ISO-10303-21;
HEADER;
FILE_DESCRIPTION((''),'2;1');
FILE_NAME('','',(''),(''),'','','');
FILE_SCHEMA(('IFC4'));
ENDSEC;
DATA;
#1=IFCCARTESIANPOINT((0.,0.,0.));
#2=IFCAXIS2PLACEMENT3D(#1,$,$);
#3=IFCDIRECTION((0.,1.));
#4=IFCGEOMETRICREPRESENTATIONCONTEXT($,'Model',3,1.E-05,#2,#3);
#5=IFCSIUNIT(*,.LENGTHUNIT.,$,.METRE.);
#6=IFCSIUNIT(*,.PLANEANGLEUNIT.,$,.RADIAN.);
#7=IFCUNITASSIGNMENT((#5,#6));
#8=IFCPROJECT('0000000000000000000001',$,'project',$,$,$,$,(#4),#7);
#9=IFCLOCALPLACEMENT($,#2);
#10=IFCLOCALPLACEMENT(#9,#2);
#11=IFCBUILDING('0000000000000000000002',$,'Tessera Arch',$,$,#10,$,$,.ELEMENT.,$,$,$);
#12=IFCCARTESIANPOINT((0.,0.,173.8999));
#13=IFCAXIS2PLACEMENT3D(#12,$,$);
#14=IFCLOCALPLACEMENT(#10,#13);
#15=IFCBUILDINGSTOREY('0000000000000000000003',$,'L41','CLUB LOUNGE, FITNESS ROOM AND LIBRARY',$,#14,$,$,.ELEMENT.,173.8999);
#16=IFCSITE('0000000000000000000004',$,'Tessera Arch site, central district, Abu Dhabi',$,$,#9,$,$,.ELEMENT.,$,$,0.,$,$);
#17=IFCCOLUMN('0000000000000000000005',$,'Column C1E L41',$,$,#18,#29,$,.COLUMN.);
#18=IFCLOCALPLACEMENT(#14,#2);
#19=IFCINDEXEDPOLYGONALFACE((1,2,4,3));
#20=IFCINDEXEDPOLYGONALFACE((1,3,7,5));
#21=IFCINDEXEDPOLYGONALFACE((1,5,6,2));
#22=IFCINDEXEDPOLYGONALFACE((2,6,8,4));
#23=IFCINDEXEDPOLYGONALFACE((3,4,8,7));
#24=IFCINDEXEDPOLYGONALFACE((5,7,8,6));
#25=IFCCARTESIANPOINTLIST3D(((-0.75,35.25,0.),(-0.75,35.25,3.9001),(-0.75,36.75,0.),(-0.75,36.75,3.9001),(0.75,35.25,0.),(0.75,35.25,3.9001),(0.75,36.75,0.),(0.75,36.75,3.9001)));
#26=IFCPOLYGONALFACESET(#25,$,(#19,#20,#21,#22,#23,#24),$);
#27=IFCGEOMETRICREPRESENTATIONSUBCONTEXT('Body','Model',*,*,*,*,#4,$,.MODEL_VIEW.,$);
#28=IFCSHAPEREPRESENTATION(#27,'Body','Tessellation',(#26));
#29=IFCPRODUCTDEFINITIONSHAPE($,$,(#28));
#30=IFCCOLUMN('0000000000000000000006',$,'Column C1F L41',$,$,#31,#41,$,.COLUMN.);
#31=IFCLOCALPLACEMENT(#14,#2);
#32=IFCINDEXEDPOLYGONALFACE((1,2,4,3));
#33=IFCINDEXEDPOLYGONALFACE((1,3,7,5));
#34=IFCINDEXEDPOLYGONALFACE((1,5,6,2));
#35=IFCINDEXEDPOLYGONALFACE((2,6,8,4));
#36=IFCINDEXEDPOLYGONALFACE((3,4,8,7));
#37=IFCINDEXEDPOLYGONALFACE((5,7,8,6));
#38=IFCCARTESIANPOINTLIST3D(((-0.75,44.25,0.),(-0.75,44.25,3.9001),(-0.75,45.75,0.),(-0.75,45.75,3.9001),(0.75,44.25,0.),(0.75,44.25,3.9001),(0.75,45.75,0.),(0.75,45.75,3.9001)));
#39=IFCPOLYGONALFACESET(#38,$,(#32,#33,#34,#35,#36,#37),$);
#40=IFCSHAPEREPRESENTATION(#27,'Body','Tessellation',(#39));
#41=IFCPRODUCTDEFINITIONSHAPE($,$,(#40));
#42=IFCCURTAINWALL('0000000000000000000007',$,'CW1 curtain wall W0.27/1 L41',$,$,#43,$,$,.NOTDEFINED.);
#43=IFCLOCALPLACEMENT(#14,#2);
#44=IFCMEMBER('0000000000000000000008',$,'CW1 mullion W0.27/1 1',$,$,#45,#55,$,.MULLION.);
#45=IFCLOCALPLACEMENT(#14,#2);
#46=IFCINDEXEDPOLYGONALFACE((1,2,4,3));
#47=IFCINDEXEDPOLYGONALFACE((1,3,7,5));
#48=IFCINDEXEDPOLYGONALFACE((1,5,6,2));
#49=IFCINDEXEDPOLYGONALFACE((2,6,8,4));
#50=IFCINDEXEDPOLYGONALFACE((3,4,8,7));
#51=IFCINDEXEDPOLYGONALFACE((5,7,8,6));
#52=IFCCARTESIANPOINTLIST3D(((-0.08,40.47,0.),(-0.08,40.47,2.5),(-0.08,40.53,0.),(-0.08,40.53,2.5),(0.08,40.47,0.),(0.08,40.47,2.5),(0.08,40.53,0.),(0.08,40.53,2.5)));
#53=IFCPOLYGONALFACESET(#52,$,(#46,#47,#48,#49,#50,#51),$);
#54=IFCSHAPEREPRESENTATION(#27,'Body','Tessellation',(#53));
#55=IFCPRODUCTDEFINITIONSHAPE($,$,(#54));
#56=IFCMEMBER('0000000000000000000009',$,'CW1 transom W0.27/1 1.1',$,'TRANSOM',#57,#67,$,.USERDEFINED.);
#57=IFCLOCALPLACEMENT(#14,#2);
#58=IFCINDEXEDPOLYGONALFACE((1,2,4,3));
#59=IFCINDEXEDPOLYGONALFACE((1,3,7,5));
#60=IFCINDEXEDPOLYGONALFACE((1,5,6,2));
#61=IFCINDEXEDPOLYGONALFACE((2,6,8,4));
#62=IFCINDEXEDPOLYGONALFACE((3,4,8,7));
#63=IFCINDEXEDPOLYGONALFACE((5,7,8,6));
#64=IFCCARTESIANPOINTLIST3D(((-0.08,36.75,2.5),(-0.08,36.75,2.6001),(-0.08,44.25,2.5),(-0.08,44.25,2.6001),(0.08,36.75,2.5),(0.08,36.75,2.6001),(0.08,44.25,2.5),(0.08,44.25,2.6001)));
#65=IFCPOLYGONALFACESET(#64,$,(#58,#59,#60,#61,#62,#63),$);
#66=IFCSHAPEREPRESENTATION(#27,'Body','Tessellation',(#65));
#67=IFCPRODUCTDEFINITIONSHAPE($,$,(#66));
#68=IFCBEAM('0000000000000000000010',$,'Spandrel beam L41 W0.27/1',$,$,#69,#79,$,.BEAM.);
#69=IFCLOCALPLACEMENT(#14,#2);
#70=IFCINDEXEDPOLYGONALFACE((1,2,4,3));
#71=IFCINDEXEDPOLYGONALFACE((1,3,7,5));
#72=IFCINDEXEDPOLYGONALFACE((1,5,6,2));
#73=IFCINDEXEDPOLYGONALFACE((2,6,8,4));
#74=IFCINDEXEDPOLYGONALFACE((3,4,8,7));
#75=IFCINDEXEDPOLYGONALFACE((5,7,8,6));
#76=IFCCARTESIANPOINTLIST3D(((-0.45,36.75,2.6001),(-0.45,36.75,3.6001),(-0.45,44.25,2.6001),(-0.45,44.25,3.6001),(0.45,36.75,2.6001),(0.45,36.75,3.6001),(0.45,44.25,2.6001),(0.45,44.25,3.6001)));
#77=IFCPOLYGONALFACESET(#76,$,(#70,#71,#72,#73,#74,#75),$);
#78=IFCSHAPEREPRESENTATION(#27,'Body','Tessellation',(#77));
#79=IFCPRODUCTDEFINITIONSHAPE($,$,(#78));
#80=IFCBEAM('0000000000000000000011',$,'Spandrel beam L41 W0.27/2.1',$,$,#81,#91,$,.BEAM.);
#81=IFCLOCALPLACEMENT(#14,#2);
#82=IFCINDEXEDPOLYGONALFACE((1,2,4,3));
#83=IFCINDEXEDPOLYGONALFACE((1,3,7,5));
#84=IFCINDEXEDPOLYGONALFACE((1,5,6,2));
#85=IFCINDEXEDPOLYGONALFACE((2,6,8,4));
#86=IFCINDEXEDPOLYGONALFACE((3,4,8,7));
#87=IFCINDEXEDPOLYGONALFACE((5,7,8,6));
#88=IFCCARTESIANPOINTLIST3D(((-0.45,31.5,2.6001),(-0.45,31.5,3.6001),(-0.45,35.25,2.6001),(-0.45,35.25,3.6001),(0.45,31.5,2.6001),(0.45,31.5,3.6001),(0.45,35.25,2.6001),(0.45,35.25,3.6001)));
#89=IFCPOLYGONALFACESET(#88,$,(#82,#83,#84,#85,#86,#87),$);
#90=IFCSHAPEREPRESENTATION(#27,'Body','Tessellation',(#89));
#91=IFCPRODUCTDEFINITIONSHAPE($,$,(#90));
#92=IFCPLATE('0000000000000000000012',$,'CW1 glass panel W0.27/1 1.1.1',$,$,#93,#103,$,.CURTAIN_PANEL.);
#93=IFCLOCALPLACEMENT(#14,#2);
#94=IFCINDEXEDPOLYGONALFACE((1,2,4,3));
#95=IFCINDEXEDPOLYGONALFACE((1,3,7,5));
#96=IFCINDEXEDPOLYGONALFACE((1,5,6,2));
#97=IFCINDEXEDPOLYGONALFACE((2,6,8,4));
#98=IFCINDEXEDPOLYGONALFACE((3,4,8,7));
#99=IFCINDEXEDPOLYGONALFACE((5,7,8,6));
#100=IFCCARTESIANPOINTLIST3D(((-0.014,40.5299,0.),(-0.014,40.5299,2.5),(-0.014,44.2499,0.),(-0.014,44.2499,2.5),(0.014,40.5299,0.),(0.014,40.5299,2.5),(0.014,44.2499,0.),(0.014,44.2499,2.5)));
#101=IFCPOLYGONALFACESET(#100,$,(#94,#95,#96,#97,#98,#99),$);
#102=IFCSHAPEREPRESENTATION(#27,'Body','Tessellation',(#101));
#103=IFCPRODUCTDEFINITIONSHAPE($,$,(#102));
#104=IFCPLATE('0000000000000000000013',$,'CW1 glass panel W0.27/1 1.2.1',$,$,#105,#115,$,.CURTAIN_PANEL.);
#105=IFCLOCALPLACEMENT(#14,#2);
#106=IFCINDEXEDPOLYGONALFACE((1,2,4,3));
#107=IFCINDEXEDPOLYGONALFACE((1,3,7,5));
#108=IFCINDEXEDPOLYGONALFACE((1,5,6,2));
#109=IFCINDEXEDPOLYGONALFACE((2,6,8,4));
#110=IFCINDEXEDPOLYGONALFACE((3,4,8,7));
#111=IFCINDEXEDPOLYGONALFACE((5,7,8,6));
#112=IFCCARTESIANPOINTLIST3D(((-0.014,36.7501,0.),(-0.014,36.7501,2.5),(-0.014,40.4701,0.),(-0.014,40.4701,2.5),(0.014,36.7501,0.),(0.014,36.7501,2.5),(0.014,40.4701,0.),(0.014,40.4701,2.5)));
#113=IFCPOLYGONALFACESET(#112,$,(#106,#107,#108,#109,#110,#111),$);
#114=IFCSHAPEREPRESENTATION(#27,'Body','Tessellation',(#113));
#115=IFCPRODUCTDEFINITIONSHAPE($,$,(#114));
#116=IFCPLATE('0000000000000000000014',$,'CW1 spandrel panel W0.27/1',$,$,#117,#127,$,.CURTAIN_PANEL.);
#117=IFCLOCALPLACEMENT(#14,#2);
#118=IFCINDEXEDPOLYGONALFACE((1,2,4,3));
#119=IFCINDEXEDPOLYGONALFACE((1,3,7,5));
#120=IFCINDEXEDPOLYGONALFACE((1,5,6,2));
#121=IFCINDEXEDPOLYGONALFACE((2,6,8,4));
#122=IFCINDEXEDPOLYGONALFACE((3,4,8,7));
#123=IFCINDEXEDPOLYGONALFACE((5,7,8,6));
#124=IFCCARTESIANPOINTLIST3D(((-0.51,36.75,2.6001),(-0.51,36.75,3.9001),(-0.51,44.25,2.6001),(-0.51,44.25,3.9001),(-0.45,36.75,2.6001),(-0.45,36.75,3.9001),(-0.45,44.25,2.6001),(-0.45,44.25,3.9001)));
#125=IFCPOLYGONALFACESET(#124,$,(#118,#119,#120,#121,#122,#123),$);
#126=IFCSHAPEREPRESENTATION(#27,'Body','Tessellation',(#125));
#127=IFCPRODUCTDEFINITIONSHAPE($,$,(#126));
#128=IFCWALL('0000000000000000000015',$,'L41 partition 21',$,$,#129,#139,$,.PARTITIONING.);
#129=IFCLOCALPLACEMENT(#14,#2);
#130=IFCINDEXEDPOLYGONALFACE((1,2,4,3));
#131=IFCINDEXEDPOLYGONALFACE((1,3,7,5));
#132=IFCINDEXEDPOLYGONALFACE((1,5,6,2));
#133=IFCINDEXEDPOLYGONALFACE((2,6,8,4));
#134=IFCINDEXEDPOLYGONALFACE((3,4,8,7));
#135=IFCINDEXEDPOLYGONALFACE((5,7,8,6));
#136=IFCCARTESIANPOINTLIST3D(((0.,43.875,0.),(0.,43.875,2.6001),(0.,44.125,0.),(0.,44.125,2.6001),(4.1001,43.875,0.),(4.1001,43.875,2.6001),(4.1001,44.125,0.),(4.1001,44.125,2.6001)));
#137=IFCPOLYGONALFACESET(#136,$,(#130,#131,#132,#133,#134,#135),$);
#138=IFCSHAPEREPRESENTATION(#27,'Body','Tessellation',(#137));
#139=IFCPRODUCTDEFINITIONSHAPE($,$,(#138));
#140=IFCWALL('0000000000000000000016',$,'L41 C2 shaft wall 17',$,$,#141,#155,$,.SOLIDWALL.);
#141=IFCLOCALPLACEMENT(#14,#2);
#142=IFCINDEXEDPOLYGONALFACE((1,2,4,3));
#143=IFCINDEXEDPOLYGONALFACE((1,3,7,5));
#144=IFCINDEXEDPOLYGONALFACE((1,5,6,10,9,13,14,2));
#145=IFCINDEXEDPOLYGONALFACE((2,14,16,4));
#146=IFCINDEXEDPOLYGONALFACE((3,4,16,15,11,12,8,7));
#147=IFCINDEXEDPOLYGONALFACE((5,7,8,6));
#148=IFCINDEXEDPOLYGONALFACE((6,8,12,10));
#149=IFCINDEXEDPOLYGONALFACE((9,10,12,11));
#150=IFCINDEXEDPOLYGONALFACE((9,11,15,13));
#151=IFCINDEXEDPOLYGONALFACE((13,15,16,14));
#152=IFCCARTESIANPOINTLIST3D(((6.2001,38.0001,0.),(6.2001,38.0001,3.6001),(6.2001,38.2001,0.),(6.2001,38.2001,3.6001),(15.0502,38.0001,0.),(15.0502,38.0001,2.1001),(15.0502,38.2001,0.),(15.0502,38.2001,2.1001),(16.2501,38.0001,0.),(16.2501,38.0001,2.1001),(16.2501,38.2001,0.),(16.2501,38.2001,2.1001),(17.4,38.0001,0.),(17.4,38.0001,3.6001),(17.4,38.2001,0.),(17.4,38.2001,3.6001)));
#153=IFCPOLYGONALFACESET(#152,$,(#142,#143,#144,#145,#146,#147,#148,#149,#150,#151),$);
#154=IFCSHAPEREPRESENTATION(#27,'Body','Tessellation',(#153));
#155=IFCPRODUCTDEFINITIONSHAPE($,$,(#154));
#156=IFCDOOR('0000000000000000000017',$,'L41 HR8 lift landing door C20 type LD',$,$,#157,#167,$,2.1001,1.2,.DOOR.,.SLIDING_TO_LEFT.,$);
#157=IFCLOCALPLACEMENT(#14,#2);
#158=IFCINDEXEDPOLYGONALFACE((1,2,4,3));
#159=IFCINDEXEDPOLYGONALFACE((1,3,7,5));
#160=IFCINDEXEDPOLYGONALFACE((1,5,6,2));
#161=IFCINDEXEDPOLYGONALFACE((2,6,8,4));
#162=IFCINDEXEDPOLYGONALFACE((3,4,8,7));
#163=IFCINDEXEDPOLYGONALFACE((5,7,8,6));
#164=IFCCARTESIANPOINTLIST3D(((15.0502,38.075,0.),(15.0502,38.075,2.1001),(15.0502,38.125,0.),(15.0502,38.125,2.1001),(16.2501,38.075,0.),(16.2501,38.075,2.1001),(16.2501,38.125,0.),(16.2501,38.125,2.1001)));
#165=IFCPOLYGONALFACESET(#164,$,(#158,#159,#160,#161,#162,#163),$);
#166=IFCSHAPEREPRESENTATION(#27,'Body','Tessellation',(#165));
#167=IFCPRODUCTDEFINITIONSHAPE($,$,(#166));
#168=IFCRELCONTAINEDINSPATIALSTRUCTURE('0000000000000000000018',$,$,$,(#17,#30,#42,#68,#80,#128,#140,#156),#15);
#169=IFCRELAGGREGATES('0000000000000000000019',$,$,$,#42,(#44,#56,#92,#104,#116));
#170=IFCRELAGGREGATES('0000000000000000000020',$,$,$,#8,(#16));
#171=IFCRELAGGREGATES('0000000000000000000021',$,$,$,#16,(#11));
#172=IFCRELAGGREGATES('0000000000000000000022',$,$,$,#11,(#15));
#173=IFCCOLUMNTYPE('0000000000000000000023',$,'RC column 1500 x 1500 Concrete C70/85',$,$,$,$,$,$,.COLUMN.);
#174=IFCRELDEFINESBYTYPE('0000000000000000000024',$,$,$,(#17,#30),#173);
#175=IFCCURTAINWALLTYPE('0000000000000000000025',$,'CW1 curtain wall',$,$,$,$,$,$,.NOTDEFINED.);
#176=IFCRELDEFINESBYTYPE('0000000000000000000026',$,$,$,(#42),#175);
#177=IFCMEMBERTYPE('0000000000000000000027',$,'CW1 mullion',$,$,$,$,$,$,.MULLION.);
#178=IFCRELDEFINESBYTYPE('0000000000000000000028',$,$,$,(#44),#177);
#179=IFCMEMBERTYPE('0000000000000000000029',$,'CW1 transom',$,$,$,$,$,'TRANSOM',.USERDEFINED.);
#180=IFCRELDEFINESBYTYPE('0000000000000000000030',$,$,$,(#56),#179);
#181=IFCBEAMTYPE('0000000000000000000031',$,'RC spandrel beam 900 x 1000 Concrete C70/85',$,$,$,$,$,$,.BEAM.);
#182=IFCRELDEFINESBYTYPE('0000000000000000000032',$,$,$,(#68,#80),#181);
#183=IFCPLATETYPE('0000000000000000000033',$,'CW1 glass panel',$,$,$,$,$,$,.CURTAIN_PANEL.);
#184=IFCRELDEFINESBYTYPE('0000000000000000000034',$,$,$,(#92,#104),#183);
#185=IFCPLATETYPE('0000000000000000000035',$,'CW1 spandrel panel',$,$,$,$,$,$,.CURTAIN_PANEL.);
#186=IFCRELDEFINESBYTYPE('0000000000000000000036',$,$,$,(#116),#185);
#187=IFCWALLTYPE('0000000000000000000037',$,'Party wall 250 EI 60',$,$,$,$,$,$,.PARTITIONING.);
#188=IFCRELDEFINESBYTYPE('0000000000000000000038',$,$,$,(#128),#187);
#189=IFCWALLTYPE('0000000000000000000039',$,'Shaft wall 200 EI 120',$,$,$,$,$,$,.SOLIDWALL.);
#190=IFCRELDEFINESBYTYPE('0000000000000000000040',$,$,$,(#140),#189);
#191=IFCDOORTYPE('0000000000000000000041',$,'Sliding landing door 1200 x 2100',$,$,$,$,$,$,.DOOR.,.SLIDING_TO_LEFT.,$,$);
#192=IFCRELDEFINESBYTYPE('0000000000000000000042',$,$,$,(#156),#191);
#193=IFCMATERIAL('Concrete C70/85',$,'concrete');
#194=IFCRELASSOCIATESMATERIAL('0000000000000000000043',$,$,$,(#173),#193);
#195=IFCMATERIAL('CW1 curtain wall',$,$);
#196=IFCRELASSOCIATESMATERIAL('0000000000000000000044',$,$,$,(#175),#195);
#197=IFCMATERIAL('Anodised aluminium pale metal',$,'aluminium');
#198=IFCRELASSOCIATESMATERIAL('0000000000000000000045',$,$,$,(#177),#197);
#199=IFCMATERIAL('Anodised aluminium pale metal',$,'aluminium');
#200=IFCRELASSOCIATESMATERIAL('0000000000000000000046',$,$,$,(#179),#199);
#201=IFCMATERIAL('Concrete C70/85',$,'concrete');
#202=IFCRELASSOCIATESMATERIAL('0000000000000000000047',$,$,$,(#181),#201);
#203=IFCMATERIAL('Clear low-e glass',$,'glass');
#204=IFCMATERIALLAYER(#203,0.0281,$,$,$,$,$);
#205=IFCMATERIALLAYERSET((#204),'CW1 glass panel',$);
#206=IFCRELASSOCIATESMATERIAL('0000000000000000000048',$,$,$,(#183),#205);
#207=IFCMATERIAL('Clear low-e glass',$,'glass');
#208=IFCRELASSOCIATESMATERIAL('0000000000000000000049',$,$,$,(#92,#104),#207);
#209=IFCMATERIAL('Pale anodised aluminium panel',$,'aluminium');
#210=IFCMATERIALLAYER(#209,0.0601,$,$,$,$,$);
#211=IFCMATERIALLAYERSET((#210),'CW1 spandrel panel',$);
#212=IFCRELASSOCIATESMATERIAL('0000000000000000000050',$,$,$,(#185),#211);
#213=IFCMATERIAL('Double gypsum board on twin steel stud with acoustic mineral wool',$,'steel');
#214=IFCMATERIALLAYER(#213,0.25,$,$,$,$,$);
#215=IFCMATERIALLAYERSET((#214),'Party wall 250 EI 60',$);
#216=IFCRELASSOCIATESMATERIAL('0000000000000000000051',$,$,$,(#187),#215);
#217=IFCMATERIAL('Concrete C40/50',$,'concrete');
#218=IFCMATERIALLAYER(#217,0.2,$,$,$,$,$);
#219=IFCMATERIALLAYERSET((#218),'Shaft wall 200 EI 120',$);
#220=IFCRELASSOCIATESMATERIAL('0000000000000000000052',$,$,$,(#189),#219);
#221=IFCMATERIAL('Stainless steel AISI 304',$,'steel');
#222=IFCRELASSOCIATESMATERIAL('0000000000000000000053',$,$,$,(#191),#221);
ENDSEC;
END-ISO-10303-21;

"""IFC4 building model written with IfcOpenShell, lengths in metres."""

from ifc_helpers import new_model, si_unit, direction, frame, frame_2d, origin, origin_2d, place, context, subcontext, project, spatial, rectangle, extrude, material, layer, layer_set, material_profile, profile_set, type_object, element, fill, aggregate, save


model = new_model("IFC4")

# Units and contexts
model_context = context("Model", 3, precision=1e-05, world=origin(), true_north=direction((0.0, 1.0)))
body_context = subcontext(model_context, "Body", "Model", "MODEL_VIEW")
ifc_project = project(units=[si_unit("LENGTHUNIT", "METRE"), si_unit("PLANEANGLEUNIT", "RADIAN")], contexts=[model_context])

# Site, building, storey
site_placement = place(None, origin())
site = spatial("IfcSite", under=ifc_project, at=site_placement, Name="Tessera Arch site, central district, Abu Dhabi", CompositionType="ELEMENT", RefElevation=0.0)
building_placement = place(site_placement, origin())
building = spatial("IfcBuilding", under=site, at=building_placement, Name="Tessera Arch", CompositionType="ELEMENT")
storey_placement = place(building_placement, frame((0.0, 0.0, 173.8999)))
storey = spatial("IfcBuildingStorey", under=building, at=storey_placement, Name="L41", Description="CLUB LOUNGE, FITNESS ROOM AND LIBRARY", CompositionType="ELEMENT", Elevation=173.8999)

# Columns
ifc_material_1 = material(Name="Concrete C70/85", Category="concrete")
ifc_material_profile_1 = material_profile(ifc_material_1, rectangle(XDim=1.5, YDim=1.5, at=origin_2d()), Name="RC column 1500 x 1500 Concrete C70/85")
ifc_profile_set_1 = profile_set([ifc_material_profile_1], Name="Concrete C70/85")
column_type = type_object("IfcColumnType", Name="RC column 1500 x 1500 Concrete C70/85", PredefinedType="COLUMN", material=ifc_profile_set_1)
for number, where, z_axis, x_axis, name in (
    (1, (0.0, 36.0, 0.0), (0.0, 0.0, 1.0), (1.0, 0.0, 0.0), "Column C1E L41"),
    (2, (0.0, 45.0, 0.0), (0.0, 0.0, 1.0), (1.0, 0.0, 0.0), "Column C1F L41"),
):
    element("IfcColumn", number, at=place(storey_placement, frame(where, z_axis=z_axis, x_axis=x_axis)), inside=storey, type_object=column_type, Name=name, PredefinedType="COLUMN", context=body_context, shape_type="SweptSolid", body=[
        extrude(rectangle(XDim=1.5, YDim=1.5, at=origin_2d()), origin(), (0.0, 0.0, 1.0), 3.9001),
    ])

# Curtain wall, members
ifc_material_2 = material(Name="CW1 curtain wall")
curtain_wall_type = type_object("IfcCurtainWallType", Name="CW1 curtain wall", PredefinedType="NOTDEFINED", material=ifc_material_2)
curtain_wall_placement = place(storey_placement, origin())
curtain_wall = element("IfcCurtainWall", 3, at=curtain_wall_placement, inside=storey, type_object=curtain_wall_type, Name="CW1 curtain wall W0.27/1 L41", PredefinedType="NOTDEFINED")
ifc_material_3 = material(Name="Anodised aluminium pale metal", Category="aluminium")
ifc_material_profile_2 = material_profile(ifc_material_3, rectangle(XDim=0.1599, YDim=0.0601, at=origin_2d()), Name="AL 60x160")
ifc_profile_set_2 = profile_set([ifc_material_profile_2], Name="Anodised aluminium pale metal")
member_type_1 = type_object("IfcMemberType", Name="CW1 mullion", PredefinedType="MULLION", material=ifc_profile_set_2)
member_1_placement = place(storey_placement, frame((0.0, 40.5, 0.0), z_axis=(0.0, 0.0, 1.0), x_axis=(1.0, 0.0, 0.0)))
member_1 = element("IfcMember", 4, at=member_1_placement, type_object=member_type_1, Name="CW1 mullion W0.27/1 1", PredefinedType="MULLION", context=body_context, shape_type="SweptSolid", body=[
    extrude(rectangle(XDim=0.1599, YDim=0.0601, at=origin_2d()), origin(), (0.0, 0.0, 1.0), 2.5),
])
ifc_material_4 = material(Name="Anodised aluminium pale metal", Category="aluminium")
ifc_material_profile_3 = material_profile(ifc_material_4, rectangle(XDim=0.1599, YDim=0.1001, at=origin_2d()), Name="AL 160x100")
ifc_profile_set_3 = profile_set([ifc_material_profile_3], Name="Anodised aluminium pale metal")
member_type_2 = type_object("IfcMemberType", Name="CW1 transom", ElementType="TRANSOM", PredefinedType="USERDEFINED", material=ifc_profile_set_3)
member_2_placement = place(storey_placement, frame((0.0, 44.25, 2.55), z_axis=(0.0, -1.0, 0.0), x_axis=(1.0, 0.0, 0.0)))
member_2 = element("IfcMember", 5, at=member_2_placement, type_object=member_type_2, Name="CW1 transom W0.27/1 1.1", ObjectType="TRANSOM", PredefinedType="USERDEFINED", context=body_context, shape_type="SweptSolid", body=[
    extrude(rectangle(XDim=0.1599, YDim=0.1001, at=origin_2d()), origin(), (0.0, 0.0, 1.0), 7.5),
])

# Beams
ifc_material_5 = material(Name="Concrete C70/85", Category="concrete")
ifc_material_profile_4 = material_profile(ifc_material_5, rectangle(XDim=0.8999, YDim=1.0, at=origin_2d()), Name="RC spandrel beam 900 x 1000 Concrete C70/85")
ifc_profile_set_4 = profile_set([ifc_material_profile_4], Name="Concrete C70/85")
beam_type = type_object("IfcBeamType", Name="RC spandrel beam 900 x 1000 Concrete C70/85", PredefinedType="BEAM", material=ifc_profile_set_4)
beam_1_placement = place(storey_placement, frame((0.0, 44.25, 3.1001), z_axis=(0.0, -1.0, 0.0), x_axis=(1.0, 0.0, 0.0)))
element("IfcBeam", 6, at=beam_1_placement, inside=storey, type_object=beam_type, Name="Spandrel beam L41 W0.27/1", PredefinedType="BEAM", context=body_context, shape_type="SweptSolid", body=[
    extrude(rectangle(XDim=0.8999, YDim=1.0, at=origin_2d()), origin(), (0.0, 0.0, 1.0), 7.5),
])
beam_2_placement = place(storey_placement, frame((0.0, 35.25, 3.1001), z_axis=(0.0, -1.0, 0.0), x_axis=(1.0, 0.0, 0.0)))
element("IfcBeam", 7, at=beam_2_placement, inside=storey, type_object=beam_type, Name="Spandrel beam L41 W0.27/2.1", PredefinedType="BEAM", context=body_context, shape_type="SweptSolid", body=[
    extrude(rectangle(XDim=0.8999, YDim=1.0, at=origin_2d()), origin(), (0.0, 0.0, 1.0), 3.75),
])

# Plates
ifc_material_6 = material(Name="Clear low-e glass", Category="glass")
ifc_material_7 = material(Name="Clear low-e glass", Category="glass")
ifc_layer_1 = layer(ifc_material_7, 0.0281)
ifc_layer_set_1 = layer_set([ifc_layer_1], Name="CW1 glass panel")
plate_type_1 = type_object("IfcPlateType", Name="CW1 glass panel", PredefinedType="CURTAIN_PANEL", material=ifc_layer_set_1)
plate_1_placement = place(storey_placement, frame((0.0, 42.3899, 0.0), z_axis=(0.0, 0.0, 1.0), x_axis=(0.0, -1.0, 0.0)))
plate_1 = element("IfcPlate", 8, at=plate_1_placement, type_object=plate_type_1, material=ifc_material_6, Name="CW1 glass panel W0.27/1 1.1.1", PredefinedType="CURTAIN_PANEL", context=body_context, shape_type="SweptSolid", body=[
    extrude(rectangle(XDim=3.72, YDim=0.0281, at=origin_2d()), origin(), (0.0, 0.0, 1.0), 2.5),
])
plate_2_placement = place(storey_placement, frame((0.0, 38.6101, 0.0), z_axis=(0.0, 0.0, 1.0), x_axis=(0.0, -1.0, 0.0)))
plate_2 = element("IfcPlate", 9, at=plate_2_placement, type_object=plate_type_1, material=ifc_material_6, Name="CW1 glass panel W0.27/1 1.2.1", PredefinedType="CURTAIN_PANEL", context=body_context, shape_type="SweptSolid", body=[
    extrude(rectangle(XDim=3.72, YDim=0.0281, at=origin_2d()), origin(), (0.0, 0.0, 1.0), 2.5),
])
ifc_material_8 = material(Name="Pale anodised aluminium panel", Category="aluminium")
ifc_layer_2 = layer(ifc_material_8, 0.0601)
ifc_layer_set_2 = layer_set([ifc_layer_2], Name="CW1 spandrel panel")
plate_type_2 = type_object("IfcPlateType", Name="CW1 spandrel panel", PredefinedType="CURTAIN_PANEL", material=ifc_layer_set_2)
plate_3_placement = place(storey_placement, frame((-0.48, 40.5, 2.6001), z_axis=(0.0, 0.0, 1.0), x_axis=(0.0, -1.0, 0.0)))
plate_3 = element("IfcPlate", 10, at=plate_3_placement, type_object=plate_type_2, Name="CW1 spandrel panel W0.27/1", PredefinedType="CURTAIN_PANEL", context=body_context, shape_type="SweptSolid", body=[
    extrude(rectangle(XDim=7.5, YDim=0.0601, at=origin_2d()), origin(), (0.0, 0.0, 1.0), 1.3),
])
aggregate(curtain_wall, [member_1, member_2, plate_1, plate_2, plate_3])

# Wall
ifc_material_9 = material(Name="Double gypsum board on twin steel stud with acoustic mineral wool", Category="steel")
ifc_layer_3 = layer(ifc_material_9, 0.25)
ifc_layer_set_3 = layer_set([ifc_layer_3], Name="Party wall 250 EI 60")
wall_type_1 = type_object("IfcWallType", Name="Party wall 250 EI 60", PredefinedType="PARTITIONING", material=ifc_layer_set_3)
wall_1_placement = place(storey_placement, frame((0.0, 44.0, 0.0), z_axis=(0.0, 0.0, 1.0), x_axis=(1.0, 0.0, 0.0)))
element("IfcWall", 11, at=wall_1_placement, inside=storey, type_object=wall_type_1, Name="L41 partition 21", PredefinedType="PARTITIONING", context=body_context, shape_type="SweptSolid", body=[
    extrude(rectangle(XDim=4.1001, YDim=0.25, at=frame_2d((2.05, 0.0))), origin(), (0.0, 0.0, 1.0), 2.6001),
])

# Wall, opening, door
ifc_material_10 = material(Name="Concrete C40/50", Category="concrete")
ifc_layer_4 = layer(ifc_material_10, 0.2)
ifc_layer_set_4 = layer_set([ifc_layer_4], Name="Shaft wall 200 EI 120")
wall_type_2 = type_object("IfcWallType", Name="Shaft wall 200 EI 120", PredefinedType="SOLIDWALL", material=ifc_layer_set_4)
wall_2_placement = place(storey_placement, frame((6.2, 38.1001, 0.0), z_axis=(0.0, 0.0, 1.0), x_axis=(1.0, 0.0, 0.0)))
wall_2 = element("IfcWall", 12, at=wall_2_placement, inside=storey, type_object=wall_type_2, Name="L41 C2 shaft wall 17", PredefinedType="SOLIDWALL", context=body_context, shape_type="SweptSolid", body=[
    extrude(rectangle(XDim=11.2, YDim=0.2, at=frame_2d((5.6001, 0.0))), origin(), (0.0, 0.0, 1.0), 3.6001),
])
opening_placement = place(wall_2_placement, frame((8.8501, 0.0, 0.0)))
opening = element("IfcOpeningElement", 13, at=opening_placement, cuts=wall_2, PredefinedType="OPENING", context=body_context, shape_type="SweptSolid", body=[
    extrude(rectangle(XDim=1.2, YDim=2.1001, at=frame_2d((0.6001, 1.05))), frame((0.0, 0.1099, 0.0), z_axis=(0.0, -1.0, 0.0), x_axis=(1.0, 0.0, 0.0)), (0.0, 0.0, 1.0), 0.22),
])
ifc_material_11 = material(Name="Stainless steel AISI 304", Category="steel")
door_type = type_object("IfcDoorType", Name="Sliding landing door 1200 x 2100", OperationType="SLIDING_TO_LEFT", PredefinedType="DOOR", material=ifc_material_11)
door_placement = place(opening_placement, origin())
door = element("IfcDoor", 14, at=door_placement, inside=storey, type_object=door_type, Name="L41 HR8 lift landing door C20 type LD", OperationType="SLIDING_TO_LEFT", OverallHeight=2.1001, OverallWidth=1.2, PredefinedType="DOOR", context=body_context, shape_type="SweptSolid", body=[
    extrude(rectangle(XDim=1.2, YDim=2.1001, at=frame_2d((0.6001, 1.05))), frame((0.0, 0.0249, 0.0), z_axis=(0.0, -1.0, 0.0), x_axis=(1.0, 0.0, 0.0)), (0.0, 0.0, 1.0), 0.05),
])
fill(opening, door)

save(model, "model.ifc")
